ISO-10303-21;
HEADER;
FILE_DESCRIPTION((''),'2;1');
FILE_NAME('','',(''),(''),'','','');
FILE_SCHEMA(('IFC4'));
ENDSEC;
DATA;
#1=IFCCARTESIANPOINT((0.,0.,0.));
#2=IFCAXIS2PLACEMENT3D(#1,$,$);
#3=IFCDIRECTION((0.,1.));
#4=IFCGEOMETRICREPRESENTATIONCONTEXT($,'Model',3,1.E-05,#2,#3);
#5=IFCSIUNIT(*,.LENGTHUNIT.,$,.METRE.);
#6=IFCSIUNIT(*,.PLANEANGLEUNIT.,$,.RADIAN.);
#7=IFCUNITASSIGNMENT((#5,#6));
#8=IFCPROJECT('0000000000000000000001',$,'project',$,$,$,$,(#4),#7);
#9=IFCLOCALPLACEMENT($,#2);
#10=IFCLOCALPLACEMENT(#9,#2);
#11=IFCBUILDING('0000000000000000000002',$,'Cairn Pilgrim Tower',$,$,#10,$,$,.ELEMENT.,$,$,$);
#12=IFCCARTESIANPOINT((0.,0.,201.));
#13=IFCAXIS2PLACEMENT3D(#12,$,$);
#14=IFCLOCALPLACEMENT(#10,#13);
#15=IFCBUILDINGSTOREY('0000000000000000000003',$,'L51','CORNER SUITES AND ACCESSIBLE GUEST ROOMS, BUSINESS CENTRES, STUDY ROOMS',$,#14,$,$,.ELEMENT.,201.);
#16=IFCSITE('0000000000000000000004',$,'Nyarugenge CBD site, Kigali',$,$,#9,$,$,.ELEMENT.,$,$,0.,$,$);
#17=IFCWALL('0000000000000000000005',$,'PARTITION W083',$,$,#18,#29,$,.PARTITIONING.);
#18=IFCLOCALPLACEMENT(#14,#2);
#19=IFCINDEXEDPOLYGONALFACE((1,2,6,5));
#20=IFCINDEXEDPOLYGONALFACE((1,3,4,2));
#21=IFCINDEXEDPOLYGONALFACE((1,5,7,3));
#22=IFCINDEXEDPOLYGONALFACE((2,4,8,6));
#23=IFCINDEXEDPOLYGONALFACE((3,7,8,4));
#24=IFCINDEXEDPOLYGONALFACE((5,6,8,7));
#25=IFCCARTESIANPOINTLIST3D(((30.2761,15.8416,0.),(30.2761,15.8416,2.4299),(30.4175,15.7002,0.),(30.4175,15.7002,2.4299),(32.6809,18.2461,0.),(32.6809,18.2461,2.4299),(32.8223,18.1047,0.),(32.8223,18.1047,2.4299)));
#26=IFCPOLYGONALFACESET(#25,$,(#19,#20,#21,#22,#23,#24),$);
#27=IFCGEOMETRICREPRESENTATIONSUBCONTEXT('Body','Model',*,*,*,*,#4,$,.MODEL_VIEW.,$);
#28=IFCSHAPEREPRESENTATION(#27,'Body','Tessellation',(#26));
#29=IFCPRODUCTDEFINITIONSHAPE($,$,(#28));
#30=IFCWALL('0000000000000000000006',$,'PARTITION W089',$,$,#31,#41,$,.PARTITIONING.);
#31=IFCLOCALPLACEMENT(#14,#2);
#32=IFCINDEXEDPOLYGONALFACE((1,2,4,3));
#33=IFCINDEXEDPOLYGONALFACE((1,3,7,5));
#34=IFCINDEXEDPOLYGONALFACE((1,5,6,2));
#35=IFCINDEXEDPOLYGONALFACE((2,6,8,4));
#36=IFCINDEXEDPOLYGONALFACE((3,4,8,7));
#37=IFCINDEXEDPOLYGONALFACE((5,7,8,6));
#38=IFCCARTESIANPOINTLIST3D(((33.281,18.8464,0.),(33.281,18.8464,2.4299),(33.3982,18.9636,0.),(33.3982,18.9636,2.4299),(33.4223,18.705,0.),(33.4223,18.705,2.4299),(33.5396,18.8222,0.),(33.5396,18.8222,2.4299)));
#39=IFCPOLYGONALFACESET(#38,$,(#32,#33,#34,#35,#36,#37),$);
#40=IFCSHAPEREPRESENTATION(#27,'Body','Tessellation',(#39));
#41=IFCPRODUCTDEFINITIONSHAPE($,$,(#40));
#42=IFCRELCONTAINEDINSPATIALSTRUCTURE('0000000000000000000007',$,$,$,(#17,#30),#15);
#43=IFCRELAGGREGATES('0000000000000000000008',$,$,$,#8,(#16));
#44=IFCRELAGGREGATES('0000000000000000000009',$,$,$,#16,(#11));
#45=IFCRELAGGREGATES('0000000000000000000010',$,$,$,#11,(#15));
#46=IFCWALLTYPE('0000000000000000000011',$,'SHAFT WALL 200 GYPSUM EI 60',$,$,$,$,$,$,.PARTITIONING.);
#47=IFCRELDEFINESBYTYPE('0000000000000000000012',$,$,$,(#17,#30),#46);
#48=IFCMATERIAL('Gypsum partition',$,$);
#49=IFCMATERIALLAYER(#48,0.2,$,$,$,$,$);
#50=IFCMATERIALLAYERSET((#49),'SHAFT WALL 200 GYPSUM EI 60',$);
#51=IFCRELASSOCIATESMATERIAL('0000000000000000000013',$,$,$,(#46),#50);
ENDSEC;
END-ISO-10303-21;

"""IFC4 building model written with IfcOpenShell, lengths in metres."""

from ifc_helpers import new_model, si_unit, direction, frame, frame_2d, origin, place, context, subcontext, project, spatial, rectangle, extrude, material, layer, layer_set, type_object, element, save


model = new_model("IFC4")

# Units and contexts
model_context = context("Model", 3, precision=1e-05, world=origin(), true_north=direction((0.0, 1.0)))
body_context = subcontext(model_context, "Body", "Model", "MODEL_VIEW")
ifc_project = project(units=[si_unit("LENGTHUNIT", "METRE"), si_unit("PLANEANGLEUNIT", "RADIAN")], contexts=[model_context])

# Site, building, storey
site_placement = place(None, origin())
site = spatial("IfcSite", under=ifc_project, at=site_placement, Name="Nyarugenge CBD site, Kigali", CompositionType="ELEMENT", RefElevation=0.0)
building_placement = place(site_placement, origin())
building = spatial("IfcBuilding", under=site, at=building_placement, Name="Cairn Pilgrim Tower", CompositionType="ELEMENT")
storey_placement = place(building_placement, frame((0.0, 0.0, 201.0)))
storey = spatial("IfcBuildingStorey", under=building, at=storey_placement, Name="L51", Description="CORNER SUITES AND ACCESSIBLE GUEST ROOMS, BUSINESS CENTRES, STUDY ROOMS", CompositionType="ELEMENT", Elevation=201.0)

# Walls
ifc_material_1 = material(Name="Gypsum partition")
ifc_layer_1 = layer(ifc_material_1, 0.2)
ifc_layer_set_1 = layer_set([ifc_layer_1], Name="SHAFT WALL 200 GYPSUM EI 60")
wall_type_1 = type_object("IfcWallType", Name="SHAFT WALL 200 GYPSUM EI 60", PredefinedType="PARTITIONING", material=ifc_layer_set_1)
wall_1_placement = place(storey_placement, frame((30.3469, 15.771, 0.0), z_axis=(0.0, 0.0, 1.0), x_axis=(0.707143, 0.707071, 0.0)))
element("IfcWall", 1, at=wall_1_placement, inside=storey, type_object=wall_type_1, Name="PARTITION W083", PredefinedType="PARTITIONING", context=body_context, shape_type="SweptSolid", body=[
    extrude(rectangle(XDim=3.4006, YDim=0.2, at=frame_2d((1.7002, 0.0))), origin(), (0.0, 0.0, 1.0), 2.4299),
])
wall_2_placement = place(storey_placement, frame((33.3516, 18.7756, 0.0), z_axis=(0.0, 0.0, 1.0), x_axis=(0.707107, 0.707107, 0.0)))
element("IfcWall", 2, at=wall_2_placement, inside=storey, type_object=wall_type_1, Name="PARTITION W089", PredefinedType="PARTITIONING", context=body_context, shape_type="SweptSolid", body=[
    extrude(rectangle(XDim=0.1658, YDim=0.2, at=frame_2d((0.083, 0.0))), origin(), (0.0, 0.0, 1.0), 2.4299),
])

save(model, "model.ifc")
